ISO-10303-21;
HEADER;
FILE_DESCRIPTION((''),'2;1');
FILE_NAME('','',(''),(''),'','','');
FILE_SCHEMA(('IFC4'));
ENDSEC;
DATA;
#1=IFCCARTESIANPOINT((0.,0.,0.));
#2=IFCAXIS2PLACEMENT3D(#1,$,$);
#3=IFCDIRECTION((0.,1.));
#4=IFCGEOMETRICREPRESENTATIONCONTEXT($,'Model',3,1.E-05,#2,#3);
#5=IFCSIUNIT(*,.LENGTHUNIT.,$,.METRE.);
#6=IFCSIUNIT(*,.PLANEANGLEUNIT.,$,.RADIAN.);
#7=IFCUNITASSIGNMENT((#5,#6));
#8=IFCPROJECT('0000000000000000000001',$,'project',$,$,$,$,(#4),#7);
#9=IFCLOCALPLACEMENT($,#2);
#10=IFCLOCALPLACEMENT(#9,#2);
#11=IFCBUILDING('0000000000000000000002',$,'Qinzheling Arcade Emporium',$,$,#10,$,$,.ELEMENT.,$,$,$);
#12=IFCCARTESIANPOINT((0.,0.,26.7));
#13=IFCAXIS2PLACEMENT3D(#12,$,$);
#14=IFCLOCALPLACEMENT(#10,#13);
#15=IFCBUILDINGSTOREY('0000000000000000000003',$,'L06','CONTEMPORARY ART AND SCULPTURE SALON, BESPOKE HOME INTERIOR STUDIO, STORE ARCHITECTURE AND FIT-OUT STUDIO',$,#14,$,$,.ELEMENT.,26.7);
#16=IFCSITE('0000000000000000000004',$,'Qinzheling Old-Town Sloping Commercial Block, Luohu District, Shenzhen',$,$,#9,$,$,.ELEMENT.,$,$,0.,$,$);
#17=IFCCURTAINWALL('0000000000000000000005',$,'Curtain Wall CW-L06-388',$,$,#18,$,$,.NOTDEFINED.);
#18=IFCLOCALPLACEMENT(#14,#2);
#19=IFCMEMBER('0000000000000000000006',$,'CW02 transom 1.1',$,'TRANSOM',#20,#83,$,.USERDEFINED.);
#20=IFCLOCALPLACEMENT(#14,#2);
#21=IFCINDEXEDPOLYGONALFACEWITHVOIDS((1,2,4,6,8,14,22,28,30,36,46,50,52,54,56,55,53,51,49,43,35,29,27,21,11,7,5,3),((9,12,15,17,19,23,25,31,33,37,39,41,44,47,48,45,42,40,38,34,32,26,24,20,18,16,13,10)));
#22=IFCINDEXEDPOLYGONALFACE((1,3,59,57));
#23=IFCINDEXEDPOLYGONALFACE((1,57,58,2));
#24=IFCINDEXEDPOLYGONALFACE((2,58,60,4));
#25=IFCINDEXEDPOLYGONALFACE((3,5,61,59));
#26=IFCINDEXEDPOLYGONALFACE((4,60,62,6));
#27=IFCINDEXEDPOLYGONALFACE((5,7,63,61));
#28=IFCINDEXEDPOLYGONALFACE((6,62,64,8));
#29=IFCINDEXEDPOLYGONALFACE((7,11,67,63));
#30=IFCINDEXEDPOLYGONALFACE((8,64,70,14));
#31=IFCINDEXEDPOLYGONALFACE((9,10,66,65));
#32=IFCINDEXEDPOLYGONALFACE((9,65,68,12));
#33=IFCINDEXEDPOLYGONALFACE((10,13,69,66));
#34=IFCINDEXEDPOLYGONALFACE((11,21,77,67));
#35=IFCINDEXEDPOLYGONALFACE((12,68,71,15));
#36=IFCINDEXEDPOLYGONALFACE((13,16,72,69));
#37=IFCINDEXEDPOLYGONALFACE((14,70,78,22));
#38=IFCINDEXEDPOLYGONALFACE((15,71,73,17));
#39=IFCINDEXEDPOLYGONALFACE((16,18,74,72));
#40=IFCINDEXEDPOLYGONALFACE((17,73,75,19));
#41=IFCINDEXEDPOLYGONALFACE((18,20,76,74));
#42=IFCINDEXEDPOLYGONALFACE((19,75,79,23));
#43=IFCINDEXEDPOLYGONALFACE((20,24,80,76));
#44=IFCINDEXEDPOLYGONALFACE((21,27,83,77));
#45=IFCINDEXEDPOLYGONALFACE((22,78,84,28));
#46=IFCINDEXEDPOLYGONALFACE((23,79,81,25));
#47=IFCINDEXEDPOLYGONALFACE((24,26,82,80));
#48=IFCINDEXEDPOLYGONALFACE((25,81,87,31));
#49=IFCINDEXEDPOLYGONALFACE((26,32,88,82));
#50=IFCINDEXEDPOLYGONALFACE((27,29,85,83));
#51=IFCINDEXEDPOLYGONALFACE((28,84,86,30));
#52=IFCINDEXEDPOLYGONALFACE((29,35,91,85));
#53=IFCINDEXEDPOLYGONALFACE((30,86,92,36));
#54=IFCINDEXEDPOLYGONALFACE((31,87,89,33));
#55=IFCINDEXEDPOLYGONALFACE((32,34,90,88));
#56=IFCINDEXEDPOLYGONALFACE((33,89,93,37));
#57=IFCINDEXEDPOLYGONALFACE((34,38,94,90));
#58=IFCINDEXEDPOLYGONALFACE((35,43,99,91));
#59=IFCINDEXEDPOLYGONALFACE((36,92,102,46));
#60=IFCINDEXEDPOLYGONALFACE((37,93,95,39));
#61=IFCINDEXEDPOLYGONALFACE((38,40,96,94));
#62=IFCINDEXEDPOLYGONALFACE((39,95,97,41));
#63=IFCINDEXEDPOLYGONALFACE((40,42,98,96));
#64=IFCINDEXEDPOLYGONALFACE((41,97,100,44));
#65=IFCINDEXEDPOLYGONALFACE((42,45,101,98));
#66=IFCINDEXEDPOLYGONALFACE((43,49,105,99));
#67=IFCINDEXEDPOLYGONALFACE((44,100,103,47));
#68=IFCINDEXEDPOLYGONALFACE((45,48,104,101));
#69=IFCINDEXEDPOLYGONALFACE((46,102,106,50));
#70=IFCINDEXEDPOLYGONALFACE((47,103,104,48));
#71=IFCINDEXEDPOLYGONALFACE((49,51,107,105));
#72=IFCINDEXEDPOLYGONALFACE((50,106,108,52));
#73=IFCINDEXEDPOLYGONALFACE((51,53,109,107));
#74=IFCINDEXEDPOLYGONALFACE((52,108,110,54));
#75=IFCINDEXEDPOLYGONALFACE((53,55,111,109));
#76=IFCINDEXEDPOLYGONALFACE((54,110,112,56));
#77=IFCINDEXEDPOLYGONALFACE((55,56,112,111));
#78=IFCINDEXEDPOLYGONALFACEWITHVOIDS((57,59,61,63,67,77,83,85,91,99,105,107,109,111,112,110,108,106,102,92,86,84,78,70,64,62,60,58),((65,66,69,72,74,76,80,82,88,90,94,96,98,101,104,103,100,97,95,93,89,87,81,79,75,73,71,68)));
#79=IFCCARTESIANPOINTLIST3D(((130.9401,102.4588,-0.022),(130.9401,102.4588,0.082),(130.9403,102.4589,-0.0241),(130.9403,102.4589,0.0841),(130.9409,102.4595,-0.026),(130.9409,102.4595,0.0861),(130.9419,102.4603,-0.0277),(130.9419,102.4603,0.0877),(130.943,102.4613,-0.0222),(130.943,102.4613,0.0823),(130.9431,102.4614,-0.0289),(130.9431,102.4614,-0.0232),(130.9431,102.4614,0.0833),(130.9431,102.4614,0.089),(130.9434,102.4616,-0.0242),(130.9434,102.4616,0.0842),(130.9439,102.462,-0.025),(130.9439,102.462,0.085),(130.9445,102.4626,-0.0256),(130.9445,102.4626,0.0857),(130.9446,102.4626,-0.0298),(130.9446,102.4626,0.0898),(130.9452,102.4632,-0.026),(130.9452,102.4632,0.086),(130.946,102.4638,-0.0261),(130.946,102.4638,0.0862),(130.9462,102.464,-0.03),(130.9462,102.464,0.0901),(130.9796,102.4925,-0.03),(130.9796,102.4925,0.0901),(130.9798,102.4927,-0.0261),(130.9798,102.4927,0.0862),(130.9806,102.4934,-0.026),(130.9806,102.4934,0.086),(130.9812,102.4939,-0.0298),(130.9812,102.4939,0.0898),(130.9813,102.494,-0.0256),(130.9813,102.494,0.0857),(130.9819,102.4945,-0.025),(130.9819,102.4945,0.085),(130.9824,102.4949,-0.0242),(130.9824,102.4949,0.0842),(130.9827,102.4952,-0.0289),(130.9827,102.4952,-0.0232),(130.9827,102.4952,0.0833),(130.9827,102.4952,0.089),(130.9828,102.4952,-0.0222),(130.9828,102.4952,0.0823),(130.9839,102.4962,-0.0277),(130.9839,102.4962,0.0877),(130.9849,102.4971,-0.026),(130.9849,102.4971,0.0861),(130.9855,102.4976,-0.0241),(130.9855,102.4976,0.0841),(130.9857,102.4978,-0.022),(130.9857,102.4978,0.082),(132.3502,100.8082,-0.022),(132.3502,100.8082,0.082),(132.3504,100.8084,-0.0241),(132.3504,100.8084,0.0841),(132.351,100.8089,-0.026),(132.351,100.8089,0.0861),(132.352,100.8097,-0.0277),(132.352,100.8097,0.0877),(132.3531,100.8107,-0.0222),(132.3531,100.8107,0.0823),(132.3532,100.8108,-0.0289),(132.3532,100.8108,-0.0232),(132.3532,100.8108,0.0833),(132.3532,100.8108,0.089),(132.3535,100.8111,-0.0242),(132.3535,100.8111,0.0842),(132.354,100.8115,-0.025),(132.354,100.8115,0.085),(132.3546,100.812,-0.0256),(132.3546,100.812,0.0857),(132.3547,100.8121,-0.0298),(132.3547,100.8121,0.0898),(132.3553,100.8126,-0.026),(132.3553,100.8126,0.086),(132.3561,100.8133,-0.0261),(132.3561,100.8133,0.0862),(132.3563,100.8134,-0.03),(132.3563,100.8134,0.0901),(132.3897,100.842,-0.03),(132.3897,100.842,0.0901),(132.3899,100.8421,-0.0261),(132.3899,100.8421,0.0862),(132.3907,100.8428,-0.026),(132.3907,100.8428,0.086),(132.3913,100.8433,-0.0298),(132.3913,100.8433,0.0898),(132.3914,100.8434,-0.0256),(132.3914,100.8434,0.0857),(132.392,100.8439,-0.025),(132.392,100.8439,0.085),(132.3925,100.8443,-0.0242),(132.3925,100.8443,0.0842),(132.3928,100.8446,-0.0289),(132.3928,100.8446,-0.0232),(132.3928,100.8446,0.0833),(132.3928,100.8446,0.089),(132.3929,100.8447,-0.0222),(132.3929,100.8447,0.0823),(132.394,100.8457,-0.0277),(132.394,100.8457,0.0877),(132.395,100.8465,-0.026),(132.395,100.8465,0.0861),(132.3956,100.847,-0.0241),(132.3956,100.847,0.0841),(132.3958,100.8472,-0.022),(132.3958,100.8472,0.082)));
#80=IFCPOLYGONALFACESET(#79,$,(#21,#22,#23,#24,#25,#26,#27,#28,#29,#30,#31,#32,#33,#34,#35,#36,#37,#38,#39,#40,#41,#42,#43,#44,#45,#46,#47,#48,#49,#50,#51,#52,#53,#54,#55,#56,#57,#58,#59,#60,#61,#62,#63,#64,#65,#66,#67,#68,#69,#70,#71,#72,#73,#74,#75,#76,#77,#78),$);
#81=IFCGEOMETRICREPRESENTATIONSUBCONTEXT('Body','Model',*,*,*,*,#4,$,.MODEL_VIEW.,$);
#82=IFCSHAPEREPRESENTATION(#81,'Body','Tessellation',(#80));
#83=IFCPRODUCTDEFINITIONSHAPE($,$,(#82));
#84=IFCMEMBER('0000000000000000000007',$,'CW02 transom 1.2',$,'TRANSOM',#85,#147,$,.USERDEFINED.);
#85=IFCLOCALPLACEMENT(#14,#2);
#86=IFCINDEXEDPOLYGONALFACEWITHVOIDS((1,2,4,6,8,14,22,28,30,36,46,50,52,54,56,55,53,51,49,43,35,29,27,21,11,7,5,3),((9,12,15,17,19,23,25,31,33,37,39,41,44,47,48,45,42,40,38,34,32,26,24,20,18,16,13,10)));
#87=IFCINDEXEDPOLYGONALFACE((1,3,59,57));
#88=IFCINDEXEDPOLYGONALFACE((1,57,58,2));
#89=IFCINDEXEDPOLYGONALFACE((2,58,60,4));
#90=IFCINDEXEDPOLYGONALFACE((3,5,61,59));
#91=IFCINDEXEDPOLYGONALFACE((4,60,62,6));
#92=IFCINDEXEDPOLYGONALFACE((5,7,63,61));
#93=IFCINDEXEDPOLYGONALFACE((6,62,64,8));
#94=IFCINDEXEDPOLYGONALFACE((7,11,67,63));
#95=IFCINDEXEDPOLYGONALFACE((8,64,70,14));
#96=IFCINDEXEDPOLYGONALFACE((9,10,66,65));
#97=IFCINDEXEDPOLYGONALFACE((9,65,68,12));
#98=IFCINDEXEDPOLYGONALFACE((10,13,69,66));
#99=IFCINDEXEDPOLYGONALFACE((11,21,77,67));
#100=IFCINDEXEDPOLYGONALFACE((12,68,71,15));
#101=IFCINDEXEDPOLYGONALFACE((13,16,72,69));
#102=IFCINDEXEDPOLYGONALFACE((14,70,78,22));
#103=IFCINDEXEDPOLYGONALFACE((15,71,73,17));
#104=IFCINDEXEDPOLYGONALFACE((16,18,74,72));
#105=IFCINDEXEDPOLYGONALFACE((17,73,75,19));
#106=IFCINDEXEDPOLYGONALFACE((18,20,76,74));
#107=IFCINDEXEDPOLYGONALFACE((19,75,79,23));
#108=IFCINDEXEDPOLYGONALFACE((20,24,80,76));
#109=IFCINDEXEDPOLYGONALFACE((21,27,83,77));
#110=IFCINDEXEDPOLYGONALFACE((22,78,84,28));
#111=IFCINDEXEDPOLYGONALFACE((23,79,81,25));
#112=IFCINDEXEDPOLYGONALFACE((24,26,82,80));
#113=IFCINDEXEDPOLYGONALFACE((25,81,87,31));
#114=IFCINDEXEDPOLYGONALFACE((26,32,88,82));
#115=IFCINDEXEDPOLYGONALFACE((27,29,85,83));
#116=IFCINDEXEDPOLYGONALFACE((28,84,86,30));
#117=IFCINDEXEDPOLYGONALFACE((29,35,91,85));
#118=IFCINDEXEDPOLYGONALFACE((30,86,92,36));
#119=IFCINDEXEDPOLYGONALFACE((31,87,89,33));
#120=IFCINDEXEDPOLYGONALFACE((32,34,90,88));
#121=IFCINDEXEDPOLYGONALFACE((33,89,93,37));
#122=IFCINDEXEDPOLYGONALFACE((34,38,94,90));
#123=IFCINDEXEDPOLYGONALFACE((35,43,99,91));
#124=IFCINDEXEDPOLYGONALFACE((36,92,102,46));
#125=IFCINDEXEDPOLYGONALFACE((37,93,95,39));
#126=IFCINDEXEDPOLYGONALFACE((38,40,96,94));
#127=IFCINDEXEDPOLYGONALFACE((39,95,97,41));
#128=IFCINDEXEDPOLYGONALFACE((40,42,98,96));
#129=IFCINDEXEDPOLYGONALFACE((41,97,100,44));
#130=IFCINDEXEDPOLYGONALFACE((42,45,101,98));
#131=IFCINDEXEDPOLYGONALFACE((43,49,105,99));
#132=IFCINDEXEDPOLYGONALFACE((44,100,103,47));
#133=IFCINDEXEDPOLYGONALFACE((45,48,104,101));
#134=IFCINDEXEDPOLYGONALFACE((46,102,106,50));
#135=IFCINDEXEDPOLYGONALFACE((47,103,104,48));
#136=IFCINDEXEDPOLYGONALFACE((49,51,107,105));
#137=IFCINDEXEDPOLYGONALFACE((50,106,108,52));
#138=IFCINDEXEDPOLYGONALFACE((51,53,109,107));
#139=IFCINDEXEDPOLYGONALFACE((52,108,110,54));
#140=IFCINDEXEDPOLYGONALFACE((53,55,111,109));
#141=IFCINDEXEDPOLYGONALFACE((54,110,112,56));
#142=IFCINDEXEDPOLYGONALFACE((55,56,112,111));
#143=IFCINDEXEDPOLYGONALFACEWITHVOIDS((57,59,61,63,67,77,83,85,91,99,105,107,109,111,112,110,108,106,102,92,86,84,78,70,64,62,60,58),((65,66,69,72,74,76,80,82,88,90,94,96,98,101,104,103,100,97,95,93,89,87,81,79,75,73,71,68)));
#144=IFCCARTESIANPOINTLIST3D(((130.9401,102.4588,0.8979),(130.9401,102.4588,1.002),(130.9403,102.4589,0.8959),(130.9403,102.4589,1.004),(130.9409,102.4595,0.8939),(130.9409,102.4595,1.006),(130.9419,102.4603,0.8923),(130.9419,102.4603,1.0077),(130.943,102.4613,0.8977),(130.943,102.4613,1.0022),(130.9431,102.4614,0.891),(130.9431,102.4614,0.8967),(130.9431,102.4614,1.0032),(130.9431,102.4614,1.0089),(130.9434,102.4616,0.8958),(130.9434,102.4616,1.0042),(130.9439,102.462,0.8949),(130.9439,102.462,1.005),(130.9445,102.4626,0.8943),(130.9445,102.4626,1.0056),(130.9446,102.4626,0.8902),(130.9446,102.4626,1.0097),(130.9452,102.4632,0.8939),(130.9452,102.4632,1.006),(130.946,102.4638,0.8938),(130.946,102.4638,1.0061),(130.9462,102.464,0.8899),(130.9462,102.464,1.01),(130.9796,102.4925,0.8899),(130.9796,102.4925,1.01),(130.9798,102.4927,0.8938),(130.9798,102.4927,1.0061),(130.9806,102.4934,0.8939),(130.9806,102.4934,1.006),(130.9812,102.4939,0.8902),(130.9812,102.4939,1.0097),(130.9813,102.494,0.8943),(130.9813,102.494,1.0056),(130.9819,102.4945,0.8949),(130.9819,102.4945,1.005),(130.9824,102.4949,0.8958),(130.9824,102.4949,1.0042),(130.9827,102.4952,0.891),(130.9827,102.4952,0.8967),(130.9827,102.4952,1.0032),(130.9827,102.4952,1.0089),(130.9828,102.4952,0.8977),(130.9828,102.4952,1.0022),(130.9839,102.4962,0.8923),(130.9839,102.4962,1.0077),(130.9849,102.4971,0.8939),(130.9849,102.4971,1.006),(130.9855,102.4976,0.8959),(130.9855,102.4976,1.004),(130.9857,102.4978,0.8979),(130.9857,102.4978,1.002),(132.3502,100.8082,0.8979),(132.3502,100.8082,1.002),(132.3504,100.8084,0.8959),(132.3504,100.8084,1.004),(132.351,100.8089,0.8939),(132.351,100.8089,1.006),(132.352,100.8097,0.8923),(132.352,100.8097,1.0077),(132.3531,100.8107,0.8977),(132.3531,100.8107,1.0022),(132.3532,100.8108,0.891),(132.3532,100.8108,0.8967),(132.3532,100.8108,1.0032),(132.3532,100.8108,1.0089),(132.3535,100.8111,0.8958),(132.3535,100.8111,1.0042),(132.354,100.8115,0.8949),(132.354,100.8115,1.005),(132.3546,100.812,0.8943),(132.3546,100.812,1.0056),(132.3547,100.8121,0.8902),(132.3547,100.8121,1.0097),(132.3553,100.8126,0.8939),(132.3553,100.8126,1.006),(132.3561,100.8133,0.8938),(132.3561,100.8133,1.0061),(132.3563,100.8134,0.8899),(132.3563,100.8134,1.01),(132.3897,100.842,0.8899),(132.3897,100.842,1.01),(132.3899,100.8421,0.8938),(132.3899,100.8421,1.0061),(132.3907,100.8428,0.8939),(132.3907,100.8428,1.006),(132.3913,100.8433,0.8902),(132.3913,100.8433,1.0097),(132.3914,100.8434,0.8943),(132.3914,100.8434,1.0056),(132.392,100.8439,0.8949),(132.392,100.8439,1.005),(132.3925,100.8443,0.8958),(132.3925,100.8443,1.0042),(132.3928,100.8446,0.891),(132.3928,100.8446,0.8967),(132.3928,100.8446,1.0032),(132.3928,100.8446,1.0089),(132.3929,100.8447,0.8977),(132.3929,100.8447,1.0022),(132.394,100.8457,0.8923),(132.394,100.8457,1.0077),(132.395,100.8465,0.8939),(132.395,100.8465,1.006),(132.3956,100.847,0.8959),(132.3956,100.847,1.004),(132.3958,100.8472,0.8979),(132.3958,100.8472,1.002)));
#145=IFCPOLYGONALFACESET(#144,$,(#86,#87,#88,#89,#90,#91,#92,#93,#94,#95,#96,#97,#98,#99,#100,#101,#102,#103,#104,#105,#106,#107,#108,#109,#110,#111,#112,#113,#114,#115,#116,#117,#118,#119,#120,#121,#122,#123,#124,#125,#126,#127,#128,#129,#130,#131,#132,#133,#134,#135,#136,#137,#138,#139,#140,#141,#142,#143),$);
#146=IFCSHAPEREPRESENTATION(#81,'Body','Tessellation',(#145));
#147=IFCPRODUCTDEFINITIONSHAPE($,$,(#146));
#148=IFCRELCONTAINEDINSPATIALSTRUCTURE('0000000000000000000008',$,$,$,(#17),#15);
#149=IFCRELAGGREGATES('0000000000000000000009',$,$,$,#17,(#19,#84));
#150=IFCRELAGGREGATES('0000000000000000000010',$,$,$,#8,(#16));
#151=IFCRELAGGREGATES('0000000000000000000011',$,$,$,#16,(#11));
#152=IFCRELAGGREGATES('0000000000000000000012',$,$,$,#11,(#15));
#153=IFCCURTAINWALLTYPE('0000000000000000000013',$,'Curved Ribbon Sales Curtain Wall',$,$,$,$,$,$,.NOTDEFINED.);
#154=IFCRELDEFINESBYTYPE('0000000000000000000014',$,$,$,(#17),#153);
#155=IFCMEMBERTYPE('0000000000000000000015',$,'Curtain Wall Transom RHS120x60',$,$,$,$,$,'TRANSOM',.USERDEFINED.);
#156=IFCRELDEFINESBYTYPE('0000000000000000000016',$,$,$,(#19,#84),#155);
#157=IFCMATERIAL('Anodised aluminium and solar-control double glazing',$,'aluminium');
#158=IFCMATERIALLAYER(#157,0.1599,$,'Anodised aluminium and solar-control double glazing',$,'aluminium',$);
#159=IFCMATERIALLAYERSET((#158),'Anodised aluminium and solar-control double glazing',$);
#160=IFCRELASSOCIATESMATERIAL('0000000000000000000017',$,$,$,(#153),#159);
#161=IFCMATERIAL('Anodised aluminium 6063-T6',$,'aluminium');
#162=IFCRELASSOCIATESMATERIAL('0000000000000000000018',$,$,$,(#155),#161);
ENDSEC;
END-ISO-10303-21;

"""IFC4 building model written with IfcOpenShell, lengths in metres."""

from ifc_helpers import new_model, si_unit, direction, frame, origin, origin_2d, place, context, subcontext, project, spatial, hollow_rectangle, extrude, material, layer, layer_set, material_profile, profile_set, type_object, element, aggregate, save


model = new_model("IFC4")

# Units and contexts
model_context = context("Model", 3, precision=1e-05, world=origin(), true_north=direction((0.0, 1.0)))
body_context = subcontext(model_context, "Body", "Model", "MODEL_VIEW")
ifc_project = project(units=[si_unit("LENGTHUNIT", "METRE"), si_unit("PLANEANGLEUNIT", "RADIAN")], contexts=[model_context])

# Site, building, storey
site_placement = place(None, origin())
site = spatial("IfcSite", under=ifc_project, at=site_placement, Name="Qinzheling Old-Town Sloping Commercial Block, Luohu District, Shenzhen", CompositionType="ELEMENT", RefElevation=0.0)
building_placement = place(site_placement, origin())
building = spatial("IfcBuilding", under=site, at=building_placement, Name="Qinzheling Arcade Emporium", CompositionType="ELEMENT")
storey_placement = place(building_placement, frame((0.0, 0.0, 26.7)))
storey = spatial("IfcBuildingStorey", under=building, at=storey_placement, Name="L06", Description="CONTEMPORARY ART AND SCULPTURE SALON, BESPOKE HOME INTERIOR STUDIO, STORE ARCHITECTURE AND FIT-OUT STUDIO", CompositionType="ELEMENT", Elevation=26.7)

# Shared definitions
ifc_material_1 = material(Name="Anodised aluminium and solar-control double glazing", Category="aluminium")
ifc_layer_1 = layer(ifc_material_1, 0.1599, Name="Anodised aluminium and solar-control double glazing", Category="aluminium")
ifc_layer_set_1 = layer_set([ifc_layer_1], Name="Anodised aluminium and solar-control double glazing")
curtain_wall_type = type_object("IfcCurtainWallType", Name="Curved Ribbon Sales Curtain Wall", PredefinedType="NOTDEFINED", material=ifc_layer_set_1)
ifc_material_2 = material(Name="Anodised aluminium 6063-T6", Category="aluminium")

# Curtain wall
curtain_wall_1_placement = place(storey_placement, origin())
curtain_wall_1 = element("IfcCurtainWall", 1, at=curtain_wall_1_placement, inside=storey, type_object=curtain_wall_type, Name="Curtain Wall CW-L06-388", PredefinedType="NOTDEFINED")

# Members
ifc_material_profile_1 = material_profile(ifc_material_2, hollow_rectangle(XDim=0.0601, YDim=0.1201, WallThickness=0.0039, InnerFilletRadius=0.0039, OuterFilletRadius=0.0081, at=origin_2d()), Name="RHS 120x60x4", Category="aluminium")
ifc_profile_set_1 = profile_set([ifc_material_profile_1], Name="Anodised aluminium 6063-T6")
member_type_1 = type_object("IfcMemberType", Name="Curtain Wall Transom RHS120x60", ElementType="TRANSOM", PredefinedType="USERDEFINED", material=ifc_profile_set_1)
member_1_placement = place(storey_placement, frame((130.9629, 102.4783, 0.03), z_axis=(0.64955, -0.760319, 0.0), x_axis=(0.760319, 0.64955, 0.0)))
member_1 = element("IfcMember", 2, at=member_1_placement, type_object=member_type_1, Name="CW02 transom 1.1", ObjectType="TRANSOM", PredefinedType="USERDEFINED", context=body_context, shape_type="SweptSolid", body=[
    extrude(hollow_rectangle(XDim=0.0601, YDim=0.1201, WallThickness=0.0039, InnerFilletRadius=0.0039, OuterFilletRadius=0.0081, at=origin_2d()), origin(), (0.0, 0.0, 1.0), 2.1709),
])
member_2_placement = place(storey_placement, frame((130.9629, 102.4783, 0.95), z_axis=(0.64955, -0.760319, 0.0), x_axis=(0.760319, 0.64955, 0.0)))
member_2 = element("IfcMember", 3, at=member_2_placement, type_object=member_type_1, Name="CW02 transom 1.2", ObjectType="TRANSOM", PredefinedType="USERDEFINED", context=body_context, shape_type="SweptSolid", body=[
    extrude(hollow_rectangle(XDim=0.0601, YDim=0.1201, WallThickness=0.0039, InnerFilletRadius=0.0039, OuterFilletRadius=0.0081, at=origin_2d()), origin(), (0.0, 0.0, 1.0), 2.1709),
])

aggregate(curtain_wall_1, [member_1, member_2])

save(model, "model.ifc")
